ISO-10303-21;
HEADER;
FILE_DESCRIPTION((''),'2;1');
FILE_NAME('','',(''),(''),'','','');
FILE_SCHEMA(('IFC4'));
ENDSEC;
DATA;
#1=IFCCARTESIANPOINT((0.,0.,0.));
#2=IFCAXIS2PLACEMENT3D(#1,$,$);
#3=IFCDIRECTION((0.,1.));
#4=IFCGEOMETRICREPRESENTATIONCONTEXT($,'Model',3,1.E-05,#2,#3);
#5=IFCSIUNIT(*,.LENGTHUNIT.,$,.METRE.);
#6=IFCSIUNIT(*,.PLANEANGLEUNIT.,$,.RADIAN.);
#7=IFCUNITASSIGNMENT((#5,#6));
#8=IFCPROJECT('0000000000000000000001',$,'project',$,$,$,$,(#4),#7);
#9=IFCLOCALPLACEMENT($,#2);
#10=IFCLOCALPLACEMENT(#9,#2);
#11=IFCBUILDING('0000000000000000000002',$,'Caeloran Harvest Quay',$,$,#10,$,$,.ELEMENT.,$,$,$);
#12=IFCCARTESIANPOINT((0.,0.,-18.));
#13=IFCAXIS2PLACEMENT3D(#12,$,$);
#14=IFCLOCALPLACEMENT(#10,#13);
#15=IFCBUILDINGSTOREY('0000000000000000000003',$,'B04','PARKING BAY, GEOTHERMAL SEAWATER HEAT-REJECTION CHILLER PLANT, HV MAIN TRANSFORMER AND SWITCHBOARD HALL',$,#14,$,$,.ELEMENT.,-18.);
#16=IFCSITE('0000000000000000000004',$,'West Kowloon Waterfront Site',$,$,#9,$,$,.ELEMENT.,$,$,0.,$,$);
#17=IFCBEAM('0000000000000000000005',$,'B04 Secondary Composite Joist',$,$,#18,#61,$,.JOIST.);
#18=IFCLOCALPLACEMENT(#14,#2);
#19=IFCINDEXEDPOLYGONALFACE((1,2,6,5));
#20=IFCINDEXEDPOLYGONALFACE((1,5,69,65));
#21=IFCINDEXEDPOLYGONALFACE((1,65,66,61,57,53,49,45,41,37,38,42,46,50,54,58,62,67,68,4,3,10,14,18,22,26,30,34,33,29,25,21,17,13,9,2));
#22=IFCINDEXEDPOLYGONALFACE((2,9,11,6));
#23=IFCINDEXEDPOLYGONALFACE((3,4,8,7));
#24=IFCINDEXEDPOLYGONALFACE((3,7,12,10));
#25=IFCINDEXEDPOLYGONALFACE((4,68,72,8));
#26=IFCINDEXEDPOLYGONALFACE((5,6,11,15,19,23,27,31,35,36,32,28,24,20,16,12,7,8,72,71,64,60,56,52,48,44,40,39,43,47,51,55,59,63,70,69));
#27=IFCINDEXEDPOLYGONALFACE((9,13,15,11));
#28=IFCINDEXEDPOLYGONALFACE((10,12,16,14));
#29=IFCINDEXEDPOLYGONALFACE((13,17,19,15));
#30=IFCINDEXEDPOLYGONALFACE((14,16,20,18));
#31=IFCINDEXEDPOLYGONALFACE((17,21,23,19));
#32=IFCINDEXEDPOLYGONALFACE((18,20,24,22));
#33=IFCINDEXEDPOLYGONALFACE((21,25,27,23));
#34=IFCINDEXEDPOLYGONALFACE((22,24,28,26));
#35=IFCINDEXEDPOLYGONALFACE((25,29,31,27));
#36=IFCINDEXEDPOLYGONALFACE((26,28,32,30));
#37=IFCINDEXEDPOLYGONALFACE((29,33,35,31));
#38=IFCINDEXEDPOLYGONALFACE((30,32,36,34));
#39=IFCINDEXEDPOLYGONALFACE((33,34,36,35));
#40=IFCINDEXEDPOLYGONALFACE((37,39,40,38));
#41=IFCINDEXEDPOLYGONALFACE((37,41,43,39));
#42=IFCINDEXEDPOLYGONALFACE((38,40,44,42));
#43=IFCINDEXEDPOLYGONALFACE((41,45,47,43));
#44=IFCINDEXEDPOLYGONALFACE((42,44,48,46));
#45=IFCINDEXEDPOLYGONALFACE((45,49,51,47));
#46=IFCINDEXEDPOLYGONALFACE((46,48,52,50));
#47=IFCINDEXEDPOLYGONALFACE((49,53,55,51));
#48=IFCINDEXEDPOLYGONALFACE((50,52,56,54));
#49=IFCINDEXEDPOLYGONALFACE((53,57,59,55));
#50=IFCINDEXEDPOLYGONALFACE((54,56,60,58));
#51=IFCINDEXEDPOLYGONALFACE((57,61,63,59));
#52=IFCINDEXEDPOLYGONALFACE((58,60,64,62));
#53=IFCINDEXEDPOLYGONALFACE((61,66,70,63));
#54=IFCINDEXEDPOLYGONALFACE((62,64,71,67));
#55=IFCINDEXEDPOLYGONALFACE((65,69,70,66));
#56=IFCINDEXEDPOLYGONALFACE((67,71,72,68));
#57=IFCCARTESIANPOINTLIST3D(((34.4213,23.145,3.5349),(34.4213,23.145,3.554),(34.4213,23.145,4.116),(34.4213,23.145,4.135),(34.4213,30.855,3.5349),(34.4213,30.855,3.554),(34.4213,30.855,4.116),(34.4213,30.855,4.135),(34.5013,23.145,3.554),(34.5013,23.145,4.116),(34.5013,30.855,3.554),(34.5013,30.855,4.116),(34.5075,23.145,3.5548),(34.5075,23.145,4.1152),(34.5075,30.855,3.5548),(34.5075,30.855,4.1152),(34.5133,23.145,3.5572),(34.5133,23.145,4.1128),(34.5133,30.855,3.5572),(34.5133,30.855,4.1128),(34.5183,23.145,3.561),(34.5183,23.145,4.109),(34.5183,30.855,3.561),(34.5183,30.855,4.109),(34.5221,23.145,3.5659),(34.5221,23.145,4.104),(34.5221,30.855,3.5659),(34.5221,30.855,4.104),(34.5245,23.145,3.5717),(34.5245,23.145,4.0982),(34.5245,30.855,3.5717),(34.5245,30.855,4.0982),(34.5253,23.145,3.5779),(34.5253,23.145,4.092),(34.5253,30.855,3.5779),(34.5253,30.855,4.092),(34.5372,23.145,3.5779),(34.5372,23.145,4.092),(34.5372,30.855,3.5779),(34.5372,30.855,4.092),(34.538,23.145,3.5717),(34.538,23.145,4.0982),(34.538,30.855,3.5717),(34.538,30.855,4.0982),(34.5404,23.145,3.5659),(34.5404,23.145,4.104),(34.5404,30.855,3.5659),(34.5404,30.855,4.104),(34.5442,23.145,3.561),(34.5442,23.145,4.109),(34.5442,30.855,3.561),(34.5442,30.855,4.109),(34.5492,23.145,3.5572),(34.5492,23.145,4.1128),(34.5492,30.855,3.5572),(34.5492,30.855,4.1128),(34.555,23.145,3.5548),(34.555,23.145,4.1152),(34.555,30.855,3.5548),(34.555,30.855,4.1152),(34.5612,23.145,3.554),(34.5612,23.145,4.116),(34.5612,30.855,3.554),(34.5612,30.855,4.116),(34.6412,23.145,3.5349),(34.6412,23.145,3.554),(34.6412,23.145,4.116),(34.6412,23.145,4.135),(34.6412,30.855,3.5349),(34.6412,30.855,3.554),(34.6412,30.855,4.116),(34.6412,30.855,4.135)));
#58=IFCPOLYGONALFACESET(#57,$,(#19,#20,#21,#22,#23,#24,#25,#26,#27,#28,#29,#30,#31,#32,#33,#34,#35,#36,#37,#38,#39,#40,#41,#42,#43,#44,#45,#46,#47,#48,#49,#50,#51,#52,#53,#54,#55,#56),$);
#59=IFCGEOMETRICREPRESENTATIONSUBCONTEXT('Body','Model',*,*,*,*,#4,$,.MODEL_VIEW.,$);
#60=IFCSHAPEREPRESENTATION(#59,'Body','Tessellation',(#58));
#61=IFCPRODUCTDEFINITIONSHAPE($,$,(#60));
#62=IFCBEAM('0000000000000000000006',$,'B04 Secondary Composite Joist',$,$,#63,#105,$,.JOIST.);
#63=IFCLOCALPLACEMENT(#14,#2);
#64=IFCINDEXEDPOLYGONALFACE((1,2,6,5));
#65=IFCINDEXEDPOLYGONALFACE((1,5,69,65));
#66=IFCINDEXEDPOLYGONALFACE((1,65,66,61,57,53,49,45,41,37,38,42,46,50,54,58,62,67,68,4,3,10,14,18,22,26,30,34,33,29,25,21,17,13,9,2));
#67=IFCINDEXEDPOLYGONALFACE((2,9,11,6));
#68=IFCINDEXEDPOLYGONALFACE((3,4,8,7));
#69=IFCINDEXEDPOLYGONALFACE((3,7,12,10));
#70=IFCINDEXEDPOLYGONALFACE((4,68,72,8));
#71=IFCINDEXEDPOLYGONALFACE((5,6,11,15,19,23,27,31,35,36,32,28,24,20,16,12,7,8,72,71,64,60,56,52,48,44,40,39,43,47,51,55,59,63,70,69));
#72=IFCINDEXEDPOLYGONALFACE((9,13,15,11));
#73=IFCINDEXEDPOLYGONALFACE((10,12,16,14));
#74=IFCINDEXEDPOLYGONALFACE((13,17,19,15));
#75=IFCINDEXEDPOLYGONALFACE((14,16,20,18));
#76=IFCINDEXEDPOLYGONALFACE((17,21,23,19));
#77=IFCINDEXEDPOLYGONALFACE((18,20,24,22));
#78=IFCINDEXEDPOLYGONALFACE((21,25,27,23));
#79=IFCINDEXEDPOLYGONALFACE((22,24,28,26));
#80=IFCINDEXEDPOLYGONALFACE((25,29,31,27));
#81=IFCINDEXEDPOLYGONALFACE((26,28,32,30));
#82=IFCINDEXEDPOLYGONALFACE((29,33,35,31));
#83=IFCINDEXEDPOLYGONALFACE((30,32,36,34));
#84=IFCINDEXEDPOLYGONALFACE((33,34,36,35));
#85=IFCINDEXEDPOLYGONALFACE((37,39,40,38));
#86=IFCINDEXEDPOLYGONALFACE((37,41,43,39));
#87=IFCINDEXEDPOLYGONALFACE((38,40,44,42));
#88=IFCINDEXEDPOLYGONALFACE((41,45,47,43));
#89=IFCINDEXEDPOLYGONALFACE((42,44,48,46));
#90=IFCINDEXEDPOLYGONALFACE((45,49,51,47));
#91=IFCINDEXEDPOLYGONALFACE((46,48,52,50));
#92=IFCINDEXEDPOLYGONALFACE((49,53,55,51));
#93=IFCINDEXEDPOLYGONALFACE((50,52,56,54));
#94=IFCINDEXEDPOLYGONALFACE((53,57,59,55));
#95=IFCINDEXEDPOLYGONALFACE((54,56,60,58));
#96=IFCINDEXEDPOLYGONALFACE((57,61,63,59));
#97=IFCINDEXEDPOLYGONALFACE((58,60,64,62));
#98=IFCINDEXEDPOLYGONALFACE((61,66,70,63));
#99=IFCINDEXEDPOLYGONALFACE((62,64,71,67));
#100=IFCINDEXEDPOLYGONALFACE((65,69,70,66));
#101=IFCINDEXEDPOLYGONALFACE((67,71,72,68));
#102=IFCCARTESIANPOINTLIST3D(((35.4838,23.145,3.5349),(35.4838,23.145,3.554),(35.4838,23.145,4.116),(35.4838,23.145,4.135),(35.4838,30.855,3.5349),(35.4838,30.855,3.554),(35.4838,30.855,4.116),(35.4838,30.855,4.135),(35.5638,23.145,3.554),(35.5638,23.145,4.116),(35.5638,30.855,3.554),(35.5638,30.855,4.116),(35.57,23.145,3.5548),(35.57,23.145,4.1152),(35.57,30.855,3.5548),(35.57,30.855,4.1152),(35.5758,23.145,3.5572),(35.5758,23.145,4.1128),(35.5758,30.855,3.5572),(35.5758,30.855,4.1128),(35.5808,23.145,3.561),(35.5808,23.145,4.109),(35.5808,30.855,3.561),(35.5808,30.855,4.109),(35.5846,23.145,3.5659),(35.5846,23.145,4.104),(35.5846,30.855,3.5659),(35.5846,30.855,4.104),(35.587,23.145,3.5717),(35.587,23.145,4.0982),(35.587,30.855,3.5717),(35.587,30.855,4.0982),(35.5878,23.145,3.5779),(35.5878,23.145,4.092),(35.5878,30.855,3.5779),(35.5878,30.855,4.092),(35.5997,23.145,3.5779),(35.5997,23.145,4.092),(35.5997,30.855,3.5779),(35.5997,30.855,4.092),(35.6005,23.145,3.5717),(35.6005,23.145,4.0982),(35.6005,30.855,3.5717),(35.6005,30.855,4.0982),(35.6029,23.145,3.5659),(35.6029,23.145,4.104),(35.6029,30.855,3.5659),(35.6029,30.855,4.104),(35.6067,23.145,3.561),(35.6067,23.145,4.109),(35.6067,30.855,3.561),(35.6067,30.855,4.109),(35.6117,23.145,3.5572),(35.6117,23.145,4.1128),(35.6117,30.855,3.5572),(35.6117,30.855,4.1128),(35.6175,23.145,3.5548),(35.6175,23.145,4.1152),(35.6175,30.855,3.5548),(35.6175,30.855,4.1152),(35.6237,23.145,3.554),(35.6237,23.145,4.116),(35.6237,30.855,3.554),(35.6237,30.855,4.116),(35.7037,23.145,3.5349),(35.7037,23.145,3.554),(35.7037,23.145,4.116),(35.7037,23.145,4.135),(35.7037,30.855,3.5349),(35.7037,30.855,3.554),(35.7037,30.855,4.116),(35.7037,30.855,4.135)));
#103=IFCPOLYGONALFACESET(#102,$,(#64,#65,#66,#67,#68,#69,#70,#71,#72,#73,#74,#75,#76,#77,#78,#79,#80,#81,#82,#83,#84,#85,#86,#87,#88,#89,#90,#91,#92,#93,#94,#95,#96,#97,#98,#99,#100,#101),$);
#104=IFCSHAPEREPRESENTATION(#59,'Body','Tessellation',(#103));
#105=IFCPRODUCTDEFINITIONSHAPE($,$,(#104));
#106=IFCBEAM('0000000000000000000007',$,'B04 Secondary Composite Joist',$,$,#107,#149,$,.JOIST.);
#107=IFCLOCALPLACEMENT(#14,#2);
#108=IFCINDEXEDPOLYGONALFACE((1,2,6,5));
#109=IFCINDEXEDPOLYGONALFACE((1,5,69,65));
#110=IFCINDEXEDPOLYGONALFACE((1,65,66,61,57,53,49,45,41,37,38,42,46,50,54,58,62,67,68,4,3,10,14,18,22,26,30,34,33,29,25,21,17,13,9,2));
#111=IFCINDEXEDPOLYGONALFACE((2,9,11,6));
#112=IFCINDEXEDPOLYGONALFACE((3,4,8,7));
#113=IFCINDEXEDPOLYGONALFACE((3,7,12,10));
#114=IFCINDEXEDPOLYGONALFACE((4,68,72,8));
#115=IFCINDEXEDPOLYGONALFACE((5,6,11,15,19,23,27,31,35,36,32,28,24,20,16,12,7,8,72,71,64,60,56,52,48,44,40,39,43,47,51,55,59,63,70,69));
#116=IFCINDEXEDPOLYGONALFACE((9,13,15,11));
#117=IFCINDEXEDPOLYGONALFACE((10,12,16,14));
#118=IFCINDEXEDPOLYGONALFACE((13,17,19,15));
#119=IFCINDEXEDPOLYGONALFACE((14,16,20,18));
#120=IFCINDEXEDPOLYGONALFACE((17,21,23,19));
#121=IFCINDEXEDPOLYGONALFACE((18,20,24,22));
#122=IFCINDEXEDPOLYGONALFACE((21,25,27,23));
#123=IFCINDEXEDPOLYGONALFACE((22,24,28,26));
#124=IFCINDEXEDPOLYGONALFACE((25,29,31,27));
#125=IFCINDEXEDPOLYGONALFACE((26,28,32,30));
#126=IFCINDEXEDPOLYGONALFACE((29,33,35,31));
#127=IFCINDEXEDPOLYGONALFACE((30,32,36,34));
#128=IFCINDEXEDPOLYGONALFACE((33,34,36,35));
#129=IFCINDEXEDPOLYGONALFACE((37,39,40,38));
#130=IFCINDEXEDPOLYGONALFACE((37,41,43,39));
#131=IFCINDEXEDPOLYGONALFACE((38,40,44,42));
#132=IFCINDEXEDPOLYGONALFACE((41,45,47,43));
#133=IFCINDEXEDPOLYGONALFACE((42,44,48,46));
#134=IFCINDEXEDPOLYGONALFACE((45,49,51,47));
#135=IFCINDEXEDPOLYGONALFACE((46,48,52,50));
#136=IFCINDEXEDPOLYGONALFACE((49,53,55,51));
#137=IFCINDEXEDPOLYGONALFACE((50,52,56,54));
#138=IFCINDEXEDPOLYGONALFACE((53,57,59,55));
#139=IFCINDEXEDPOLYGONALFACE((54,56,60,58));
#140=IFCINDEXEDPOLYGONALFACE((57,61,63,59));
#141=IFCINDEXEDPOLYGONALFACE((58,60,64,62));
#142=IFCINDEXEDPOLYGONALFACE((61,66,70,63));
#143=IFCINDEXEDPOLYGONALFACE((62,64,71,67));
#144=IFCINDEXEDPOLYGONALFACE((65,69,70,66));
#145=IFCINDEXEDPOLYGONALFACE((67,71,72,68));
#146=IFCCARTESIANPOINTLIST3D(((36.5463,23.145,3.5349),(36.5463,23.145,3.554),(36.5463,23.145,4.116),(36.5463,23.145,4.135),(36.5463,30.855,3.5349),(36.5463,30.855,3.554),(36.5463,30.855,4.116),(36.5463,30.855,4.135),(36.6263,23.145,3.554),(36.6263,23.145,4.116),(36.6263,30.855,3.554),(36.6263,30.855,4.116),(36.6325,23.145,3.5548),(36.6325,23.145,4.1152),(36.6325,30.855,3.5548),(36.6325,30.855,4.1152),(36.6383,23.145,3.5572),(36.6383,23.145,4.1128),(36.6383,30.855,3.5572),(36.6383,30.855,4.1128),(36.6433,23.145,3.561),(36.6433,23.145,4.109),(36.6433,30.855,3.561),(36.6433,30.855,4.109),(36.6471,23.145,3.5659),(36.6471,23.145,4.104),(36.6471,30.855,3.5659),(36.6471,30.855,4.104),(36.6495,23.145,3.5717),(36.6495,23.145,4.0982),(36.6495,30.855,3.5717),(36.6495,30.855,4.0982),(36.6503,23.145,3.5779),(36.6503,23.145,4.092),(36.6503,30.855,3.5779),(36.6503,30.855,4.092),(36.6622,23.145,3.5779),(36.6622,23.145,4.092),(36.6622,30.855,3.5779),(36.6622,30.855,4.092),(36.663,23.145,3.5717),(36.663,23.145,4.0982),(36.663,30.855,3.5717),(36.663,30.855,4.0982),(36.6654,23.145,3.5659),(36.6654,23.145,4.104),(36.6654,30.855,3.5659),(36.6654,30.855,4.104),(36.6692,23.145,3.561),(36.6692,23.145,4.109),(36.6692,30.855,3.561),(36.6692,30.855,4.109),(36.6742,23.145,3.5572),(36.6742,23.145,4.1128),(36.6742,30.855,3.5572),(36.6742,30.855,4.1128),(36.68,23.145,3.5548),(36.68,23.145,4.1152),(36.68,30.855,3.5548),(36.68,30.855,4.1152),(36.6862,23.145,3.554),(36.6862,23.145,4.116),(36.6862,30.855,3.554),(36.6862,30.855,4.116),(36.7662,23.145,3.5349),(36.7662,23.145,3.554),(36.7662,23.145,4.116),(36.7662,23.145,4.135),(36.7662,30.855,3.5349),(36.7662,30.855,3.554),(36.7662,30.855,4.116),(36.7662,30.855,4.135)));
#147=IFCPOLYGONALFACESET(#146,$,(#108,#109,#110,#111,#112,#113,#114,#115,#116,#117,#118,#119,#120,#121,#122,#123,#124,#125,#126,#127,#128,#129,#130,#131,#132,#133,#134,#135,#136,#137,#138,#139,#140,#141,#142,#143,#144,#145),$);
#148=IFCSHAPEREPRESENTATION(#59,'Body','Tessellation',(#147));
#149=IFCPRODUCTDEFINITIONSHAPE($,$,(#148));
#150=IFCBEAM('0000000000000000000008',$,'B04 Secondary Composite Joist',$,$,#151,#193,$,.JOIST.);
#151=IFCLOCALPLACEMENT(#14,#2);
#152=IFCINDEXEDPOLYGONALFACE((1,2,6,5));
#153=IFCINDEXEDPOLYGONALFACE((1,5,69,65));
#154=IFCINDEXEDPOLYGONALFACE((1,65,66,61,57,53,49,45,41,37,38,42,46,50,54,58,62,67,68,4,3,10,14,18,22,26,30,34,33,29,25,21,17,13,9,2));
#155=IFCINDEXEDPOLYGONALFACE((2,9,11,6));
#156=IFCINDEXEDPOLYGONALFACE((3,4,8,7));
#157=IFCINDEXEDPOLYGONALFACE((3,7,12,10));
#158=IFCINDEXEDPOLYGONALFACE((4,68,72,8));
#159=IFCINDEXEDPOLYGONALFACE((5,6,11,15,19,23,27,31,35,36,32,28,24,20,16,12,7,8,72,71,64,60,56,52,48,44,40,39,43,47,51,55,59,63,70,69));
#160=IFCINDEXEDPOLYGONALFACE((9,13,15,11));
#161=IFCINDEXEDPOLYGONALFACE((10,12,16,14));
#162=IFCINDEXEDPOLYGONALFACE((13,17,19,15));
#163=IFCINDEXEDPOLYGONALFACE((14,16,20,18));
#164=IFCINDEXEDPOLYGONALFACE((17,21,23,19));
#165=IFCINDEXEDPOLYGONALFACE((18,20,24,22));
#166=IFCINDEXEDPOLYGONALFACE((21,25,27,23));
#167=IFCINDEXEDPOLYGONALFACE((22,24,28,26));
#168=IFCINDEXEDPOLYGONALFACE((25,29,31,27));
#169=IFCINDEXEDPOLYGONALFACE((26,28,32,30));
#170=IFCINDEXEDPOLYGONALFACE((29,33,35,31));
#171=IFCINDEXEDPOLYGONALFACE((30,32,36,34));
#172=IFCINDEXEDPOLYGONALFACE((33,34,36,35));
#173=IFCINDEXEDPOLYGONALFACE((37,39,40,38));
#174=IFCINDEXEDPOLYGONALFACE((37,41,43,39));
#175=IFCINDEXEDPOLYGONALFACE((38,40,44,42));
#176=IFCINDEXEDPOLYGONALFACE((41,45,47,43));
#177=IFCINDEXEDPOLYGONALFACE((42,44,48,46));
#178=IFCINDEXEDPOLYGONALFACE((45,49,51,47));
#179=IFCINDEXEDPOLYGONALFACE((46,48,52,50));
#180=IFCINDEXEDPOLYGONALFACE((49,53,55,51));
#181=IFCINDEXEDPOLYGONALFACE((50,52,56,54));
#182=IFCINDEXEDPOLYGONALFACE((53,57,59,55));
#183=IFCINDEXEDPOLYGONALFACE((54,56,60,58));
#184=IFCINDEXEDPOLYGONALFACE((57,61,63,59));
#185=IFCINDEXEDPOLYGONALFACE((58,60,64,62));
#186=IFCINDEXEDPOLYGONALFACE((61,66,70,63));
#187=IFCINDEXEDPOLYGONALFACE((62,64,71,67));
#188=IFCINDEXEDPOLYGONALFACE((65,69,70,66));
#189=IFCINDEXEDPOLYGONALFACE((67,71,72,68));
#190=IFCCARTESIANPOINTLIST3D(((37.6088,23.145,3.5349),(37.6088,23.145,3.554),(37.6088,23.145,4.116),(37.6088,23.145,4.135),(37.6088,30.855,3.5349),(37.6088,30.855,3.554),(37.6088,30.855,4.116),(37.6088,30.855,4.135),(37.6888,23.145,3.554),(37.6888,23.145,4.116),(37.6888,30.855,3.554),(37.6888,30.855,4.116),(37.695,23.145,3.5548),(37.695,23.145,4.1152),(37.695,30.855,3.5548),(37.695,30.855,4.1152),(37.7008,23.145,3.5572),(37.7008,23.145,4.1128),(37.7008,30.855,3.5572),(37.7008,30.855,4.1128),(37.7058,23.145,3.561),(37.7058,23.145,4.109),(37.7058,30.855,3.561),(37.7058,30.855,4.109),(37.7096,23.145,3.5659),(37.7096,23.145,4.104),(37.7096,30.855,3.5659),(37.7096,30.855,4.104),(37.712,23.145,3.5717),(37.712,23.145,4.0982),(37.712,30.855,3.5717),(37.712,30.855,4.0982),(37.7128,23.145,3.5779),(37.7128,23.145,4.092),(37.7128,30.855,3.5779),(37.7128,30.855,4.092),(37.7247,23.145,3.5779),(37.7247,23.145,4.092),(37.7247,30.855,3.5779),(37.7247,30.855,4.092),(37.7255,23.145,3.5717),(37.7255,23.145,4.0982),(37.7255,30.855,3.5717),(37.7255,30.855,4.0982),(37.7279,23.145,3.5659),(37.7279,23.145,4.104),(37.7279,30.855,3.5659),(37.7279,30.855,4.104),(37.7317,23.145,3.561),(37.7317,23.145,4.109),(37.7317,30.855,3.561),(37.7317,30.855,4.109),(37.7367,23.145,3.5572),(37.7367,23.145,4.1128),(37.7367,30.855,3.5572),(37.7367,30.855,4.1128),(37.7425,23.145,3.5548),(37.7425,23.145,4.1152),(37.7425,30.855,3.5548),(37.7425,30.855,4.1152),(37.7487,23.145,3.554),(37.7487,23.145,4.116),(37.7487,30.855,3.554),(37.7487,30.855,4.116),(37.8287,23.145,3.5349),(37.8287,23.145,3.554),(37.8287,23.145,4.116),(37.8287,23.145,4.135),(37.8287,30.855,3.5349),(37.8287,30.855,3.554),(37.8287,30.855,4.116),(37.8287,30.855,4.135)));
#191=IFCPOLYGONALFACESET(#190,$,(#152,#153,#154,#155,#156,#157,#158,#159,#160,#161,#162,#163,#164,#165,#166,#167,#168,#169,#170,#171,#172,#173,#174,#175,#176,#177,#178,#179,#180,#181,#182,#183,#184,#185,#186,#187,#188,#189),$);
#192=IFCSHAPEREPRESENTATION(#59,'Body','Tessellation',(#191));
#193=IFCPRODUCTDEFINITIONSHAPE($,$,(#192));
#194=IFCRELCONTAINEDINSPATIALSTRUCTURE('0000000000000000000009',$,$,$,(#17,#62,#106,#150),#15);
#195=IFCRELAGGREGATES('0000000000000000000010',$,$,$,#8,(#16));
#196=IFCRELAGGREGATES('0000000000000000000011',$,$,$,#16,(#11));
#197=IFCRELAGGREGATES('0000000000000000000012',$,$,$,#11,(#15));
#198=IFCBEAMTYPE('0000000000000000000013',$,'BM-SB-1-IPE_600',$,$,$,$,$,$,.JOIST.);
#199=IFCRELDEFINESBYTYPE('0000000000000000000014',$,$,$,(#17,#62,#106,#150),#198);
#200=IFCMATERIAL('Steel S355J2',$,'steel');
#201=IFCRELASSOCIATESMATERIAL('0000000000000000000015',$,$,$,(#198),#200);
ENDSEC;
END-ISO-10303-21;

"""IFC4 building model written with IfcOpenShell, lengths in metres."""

from ifc_helpers import new_model, si_unit, direction, frame, origin, origin_2d, place, context, subcontext, project, spatial, i_section, extrude, material, material_profile, profile_set, type_object, element, save


model = new_model("IFC4")

# Units and contexts
model_context = context("Model", 3, precision=1e-05, world=origin(), true_north=direction((0.0, 1.0)))
body_context = subcontext(model_context, "Body", "Model", "MODEL_VIEW")
ifc_project = project(units=[si_unit("LENGTHUNIT", "METRE"), si_unit("PLANEANGLEUNIT", "RADIAN")], contexts=[model_context])

# Site, building, storey
site_placement = place(None, origin())
site = spatial("IfcSite", under=ifc_project, at=site_placement, Name="West Kowloon Waterfront Site", CompositionType="ELEMENT", RefElevation=0.0)
building_placement = place(site_placement, origin())
building = spatial("IfcBuilding", under=site, at=building_placement, Name="Caeloran Harvest Quay", CompositionType="ELEMENT")
storey_placement = place(building_placement, frame((0.0, 0.0, -18.0)))
storey = spatial("IfcBuildingStorey", under=building, at=storey_placement, Name="B04", Description="PARKING BAY, GEOTHERMAL SEAWATER HEAT-REJECTION CHILLER PLANT, HV MAIN TRANSFORMER AND SWITCHBOARD HALL", CompositionType="ELEMENT", Elevation=-18.0)

# Beams
ifc_material_1 = material(Name="Steel S355J2", Category="steel")
ifc_material_profile_1 = material_profile(ifc_material_1, i_section(OverallWidth=0.22, OverallDepth=0.6001, WebThickness=0.012, FlangeThickness=0.019, FilletRadius=0.0239, at=origin_2d()), Name="IPE 600")
ifc_profile_set_1 = profile_set([ifc_material_profile_1], Name="Steel S355J2")
beam_type_1 = type_object("IfcBeamType", Name="BM-SB-1-IPE_600", PredefinedType="JOIST", material=ifc_profile_set_1)
for number, where, z_axis, x_axis, name in (
    (1, (34.5312, 23.145, 3.835), (0.0, 1.0, 0.0), (-1.0, 0.0, 0.0), "B04 Secondary Composite Joist"),
    (2, (35.5938, 23.145, 3.835), (0.0, 1.0, 0.0), (-1.0, 0.0, 0.0), "B04 Secondary Composite Joist"),
    (3, (36.6562, 23.145, 3.835), (0.0, 1.0, 0.0), (-1.0, 0.0, 0.0), "B04 Secondary Composite Joist"),
    (4, (37.7188, 23.145, 3.835), (0.0, 1.0, 0.0), (-1.0, 0.0, 0.0), "B04 Secondary Composite Joist"),
):
    element("IfcBeam", number, at=place(storey_placement, frame(where, z_axis=z_axis, x_axis=x_axis)), inside=storey, type_object=beam_type_1, Name=name, PredefinedType="JOIST", context=body_context, shape_type="SweptSolid", body=[
        extrude(i_section(OverallWidth=0.22, OverallDepth=0.6001, WebThickness=0.012, FlangeThickness=0.019, FilletRadius=0.0239, at=origin_2d()), origin(), (0.0, 0.0, 1.0), 7.71),
    ])

save(model, "model.ifc")
